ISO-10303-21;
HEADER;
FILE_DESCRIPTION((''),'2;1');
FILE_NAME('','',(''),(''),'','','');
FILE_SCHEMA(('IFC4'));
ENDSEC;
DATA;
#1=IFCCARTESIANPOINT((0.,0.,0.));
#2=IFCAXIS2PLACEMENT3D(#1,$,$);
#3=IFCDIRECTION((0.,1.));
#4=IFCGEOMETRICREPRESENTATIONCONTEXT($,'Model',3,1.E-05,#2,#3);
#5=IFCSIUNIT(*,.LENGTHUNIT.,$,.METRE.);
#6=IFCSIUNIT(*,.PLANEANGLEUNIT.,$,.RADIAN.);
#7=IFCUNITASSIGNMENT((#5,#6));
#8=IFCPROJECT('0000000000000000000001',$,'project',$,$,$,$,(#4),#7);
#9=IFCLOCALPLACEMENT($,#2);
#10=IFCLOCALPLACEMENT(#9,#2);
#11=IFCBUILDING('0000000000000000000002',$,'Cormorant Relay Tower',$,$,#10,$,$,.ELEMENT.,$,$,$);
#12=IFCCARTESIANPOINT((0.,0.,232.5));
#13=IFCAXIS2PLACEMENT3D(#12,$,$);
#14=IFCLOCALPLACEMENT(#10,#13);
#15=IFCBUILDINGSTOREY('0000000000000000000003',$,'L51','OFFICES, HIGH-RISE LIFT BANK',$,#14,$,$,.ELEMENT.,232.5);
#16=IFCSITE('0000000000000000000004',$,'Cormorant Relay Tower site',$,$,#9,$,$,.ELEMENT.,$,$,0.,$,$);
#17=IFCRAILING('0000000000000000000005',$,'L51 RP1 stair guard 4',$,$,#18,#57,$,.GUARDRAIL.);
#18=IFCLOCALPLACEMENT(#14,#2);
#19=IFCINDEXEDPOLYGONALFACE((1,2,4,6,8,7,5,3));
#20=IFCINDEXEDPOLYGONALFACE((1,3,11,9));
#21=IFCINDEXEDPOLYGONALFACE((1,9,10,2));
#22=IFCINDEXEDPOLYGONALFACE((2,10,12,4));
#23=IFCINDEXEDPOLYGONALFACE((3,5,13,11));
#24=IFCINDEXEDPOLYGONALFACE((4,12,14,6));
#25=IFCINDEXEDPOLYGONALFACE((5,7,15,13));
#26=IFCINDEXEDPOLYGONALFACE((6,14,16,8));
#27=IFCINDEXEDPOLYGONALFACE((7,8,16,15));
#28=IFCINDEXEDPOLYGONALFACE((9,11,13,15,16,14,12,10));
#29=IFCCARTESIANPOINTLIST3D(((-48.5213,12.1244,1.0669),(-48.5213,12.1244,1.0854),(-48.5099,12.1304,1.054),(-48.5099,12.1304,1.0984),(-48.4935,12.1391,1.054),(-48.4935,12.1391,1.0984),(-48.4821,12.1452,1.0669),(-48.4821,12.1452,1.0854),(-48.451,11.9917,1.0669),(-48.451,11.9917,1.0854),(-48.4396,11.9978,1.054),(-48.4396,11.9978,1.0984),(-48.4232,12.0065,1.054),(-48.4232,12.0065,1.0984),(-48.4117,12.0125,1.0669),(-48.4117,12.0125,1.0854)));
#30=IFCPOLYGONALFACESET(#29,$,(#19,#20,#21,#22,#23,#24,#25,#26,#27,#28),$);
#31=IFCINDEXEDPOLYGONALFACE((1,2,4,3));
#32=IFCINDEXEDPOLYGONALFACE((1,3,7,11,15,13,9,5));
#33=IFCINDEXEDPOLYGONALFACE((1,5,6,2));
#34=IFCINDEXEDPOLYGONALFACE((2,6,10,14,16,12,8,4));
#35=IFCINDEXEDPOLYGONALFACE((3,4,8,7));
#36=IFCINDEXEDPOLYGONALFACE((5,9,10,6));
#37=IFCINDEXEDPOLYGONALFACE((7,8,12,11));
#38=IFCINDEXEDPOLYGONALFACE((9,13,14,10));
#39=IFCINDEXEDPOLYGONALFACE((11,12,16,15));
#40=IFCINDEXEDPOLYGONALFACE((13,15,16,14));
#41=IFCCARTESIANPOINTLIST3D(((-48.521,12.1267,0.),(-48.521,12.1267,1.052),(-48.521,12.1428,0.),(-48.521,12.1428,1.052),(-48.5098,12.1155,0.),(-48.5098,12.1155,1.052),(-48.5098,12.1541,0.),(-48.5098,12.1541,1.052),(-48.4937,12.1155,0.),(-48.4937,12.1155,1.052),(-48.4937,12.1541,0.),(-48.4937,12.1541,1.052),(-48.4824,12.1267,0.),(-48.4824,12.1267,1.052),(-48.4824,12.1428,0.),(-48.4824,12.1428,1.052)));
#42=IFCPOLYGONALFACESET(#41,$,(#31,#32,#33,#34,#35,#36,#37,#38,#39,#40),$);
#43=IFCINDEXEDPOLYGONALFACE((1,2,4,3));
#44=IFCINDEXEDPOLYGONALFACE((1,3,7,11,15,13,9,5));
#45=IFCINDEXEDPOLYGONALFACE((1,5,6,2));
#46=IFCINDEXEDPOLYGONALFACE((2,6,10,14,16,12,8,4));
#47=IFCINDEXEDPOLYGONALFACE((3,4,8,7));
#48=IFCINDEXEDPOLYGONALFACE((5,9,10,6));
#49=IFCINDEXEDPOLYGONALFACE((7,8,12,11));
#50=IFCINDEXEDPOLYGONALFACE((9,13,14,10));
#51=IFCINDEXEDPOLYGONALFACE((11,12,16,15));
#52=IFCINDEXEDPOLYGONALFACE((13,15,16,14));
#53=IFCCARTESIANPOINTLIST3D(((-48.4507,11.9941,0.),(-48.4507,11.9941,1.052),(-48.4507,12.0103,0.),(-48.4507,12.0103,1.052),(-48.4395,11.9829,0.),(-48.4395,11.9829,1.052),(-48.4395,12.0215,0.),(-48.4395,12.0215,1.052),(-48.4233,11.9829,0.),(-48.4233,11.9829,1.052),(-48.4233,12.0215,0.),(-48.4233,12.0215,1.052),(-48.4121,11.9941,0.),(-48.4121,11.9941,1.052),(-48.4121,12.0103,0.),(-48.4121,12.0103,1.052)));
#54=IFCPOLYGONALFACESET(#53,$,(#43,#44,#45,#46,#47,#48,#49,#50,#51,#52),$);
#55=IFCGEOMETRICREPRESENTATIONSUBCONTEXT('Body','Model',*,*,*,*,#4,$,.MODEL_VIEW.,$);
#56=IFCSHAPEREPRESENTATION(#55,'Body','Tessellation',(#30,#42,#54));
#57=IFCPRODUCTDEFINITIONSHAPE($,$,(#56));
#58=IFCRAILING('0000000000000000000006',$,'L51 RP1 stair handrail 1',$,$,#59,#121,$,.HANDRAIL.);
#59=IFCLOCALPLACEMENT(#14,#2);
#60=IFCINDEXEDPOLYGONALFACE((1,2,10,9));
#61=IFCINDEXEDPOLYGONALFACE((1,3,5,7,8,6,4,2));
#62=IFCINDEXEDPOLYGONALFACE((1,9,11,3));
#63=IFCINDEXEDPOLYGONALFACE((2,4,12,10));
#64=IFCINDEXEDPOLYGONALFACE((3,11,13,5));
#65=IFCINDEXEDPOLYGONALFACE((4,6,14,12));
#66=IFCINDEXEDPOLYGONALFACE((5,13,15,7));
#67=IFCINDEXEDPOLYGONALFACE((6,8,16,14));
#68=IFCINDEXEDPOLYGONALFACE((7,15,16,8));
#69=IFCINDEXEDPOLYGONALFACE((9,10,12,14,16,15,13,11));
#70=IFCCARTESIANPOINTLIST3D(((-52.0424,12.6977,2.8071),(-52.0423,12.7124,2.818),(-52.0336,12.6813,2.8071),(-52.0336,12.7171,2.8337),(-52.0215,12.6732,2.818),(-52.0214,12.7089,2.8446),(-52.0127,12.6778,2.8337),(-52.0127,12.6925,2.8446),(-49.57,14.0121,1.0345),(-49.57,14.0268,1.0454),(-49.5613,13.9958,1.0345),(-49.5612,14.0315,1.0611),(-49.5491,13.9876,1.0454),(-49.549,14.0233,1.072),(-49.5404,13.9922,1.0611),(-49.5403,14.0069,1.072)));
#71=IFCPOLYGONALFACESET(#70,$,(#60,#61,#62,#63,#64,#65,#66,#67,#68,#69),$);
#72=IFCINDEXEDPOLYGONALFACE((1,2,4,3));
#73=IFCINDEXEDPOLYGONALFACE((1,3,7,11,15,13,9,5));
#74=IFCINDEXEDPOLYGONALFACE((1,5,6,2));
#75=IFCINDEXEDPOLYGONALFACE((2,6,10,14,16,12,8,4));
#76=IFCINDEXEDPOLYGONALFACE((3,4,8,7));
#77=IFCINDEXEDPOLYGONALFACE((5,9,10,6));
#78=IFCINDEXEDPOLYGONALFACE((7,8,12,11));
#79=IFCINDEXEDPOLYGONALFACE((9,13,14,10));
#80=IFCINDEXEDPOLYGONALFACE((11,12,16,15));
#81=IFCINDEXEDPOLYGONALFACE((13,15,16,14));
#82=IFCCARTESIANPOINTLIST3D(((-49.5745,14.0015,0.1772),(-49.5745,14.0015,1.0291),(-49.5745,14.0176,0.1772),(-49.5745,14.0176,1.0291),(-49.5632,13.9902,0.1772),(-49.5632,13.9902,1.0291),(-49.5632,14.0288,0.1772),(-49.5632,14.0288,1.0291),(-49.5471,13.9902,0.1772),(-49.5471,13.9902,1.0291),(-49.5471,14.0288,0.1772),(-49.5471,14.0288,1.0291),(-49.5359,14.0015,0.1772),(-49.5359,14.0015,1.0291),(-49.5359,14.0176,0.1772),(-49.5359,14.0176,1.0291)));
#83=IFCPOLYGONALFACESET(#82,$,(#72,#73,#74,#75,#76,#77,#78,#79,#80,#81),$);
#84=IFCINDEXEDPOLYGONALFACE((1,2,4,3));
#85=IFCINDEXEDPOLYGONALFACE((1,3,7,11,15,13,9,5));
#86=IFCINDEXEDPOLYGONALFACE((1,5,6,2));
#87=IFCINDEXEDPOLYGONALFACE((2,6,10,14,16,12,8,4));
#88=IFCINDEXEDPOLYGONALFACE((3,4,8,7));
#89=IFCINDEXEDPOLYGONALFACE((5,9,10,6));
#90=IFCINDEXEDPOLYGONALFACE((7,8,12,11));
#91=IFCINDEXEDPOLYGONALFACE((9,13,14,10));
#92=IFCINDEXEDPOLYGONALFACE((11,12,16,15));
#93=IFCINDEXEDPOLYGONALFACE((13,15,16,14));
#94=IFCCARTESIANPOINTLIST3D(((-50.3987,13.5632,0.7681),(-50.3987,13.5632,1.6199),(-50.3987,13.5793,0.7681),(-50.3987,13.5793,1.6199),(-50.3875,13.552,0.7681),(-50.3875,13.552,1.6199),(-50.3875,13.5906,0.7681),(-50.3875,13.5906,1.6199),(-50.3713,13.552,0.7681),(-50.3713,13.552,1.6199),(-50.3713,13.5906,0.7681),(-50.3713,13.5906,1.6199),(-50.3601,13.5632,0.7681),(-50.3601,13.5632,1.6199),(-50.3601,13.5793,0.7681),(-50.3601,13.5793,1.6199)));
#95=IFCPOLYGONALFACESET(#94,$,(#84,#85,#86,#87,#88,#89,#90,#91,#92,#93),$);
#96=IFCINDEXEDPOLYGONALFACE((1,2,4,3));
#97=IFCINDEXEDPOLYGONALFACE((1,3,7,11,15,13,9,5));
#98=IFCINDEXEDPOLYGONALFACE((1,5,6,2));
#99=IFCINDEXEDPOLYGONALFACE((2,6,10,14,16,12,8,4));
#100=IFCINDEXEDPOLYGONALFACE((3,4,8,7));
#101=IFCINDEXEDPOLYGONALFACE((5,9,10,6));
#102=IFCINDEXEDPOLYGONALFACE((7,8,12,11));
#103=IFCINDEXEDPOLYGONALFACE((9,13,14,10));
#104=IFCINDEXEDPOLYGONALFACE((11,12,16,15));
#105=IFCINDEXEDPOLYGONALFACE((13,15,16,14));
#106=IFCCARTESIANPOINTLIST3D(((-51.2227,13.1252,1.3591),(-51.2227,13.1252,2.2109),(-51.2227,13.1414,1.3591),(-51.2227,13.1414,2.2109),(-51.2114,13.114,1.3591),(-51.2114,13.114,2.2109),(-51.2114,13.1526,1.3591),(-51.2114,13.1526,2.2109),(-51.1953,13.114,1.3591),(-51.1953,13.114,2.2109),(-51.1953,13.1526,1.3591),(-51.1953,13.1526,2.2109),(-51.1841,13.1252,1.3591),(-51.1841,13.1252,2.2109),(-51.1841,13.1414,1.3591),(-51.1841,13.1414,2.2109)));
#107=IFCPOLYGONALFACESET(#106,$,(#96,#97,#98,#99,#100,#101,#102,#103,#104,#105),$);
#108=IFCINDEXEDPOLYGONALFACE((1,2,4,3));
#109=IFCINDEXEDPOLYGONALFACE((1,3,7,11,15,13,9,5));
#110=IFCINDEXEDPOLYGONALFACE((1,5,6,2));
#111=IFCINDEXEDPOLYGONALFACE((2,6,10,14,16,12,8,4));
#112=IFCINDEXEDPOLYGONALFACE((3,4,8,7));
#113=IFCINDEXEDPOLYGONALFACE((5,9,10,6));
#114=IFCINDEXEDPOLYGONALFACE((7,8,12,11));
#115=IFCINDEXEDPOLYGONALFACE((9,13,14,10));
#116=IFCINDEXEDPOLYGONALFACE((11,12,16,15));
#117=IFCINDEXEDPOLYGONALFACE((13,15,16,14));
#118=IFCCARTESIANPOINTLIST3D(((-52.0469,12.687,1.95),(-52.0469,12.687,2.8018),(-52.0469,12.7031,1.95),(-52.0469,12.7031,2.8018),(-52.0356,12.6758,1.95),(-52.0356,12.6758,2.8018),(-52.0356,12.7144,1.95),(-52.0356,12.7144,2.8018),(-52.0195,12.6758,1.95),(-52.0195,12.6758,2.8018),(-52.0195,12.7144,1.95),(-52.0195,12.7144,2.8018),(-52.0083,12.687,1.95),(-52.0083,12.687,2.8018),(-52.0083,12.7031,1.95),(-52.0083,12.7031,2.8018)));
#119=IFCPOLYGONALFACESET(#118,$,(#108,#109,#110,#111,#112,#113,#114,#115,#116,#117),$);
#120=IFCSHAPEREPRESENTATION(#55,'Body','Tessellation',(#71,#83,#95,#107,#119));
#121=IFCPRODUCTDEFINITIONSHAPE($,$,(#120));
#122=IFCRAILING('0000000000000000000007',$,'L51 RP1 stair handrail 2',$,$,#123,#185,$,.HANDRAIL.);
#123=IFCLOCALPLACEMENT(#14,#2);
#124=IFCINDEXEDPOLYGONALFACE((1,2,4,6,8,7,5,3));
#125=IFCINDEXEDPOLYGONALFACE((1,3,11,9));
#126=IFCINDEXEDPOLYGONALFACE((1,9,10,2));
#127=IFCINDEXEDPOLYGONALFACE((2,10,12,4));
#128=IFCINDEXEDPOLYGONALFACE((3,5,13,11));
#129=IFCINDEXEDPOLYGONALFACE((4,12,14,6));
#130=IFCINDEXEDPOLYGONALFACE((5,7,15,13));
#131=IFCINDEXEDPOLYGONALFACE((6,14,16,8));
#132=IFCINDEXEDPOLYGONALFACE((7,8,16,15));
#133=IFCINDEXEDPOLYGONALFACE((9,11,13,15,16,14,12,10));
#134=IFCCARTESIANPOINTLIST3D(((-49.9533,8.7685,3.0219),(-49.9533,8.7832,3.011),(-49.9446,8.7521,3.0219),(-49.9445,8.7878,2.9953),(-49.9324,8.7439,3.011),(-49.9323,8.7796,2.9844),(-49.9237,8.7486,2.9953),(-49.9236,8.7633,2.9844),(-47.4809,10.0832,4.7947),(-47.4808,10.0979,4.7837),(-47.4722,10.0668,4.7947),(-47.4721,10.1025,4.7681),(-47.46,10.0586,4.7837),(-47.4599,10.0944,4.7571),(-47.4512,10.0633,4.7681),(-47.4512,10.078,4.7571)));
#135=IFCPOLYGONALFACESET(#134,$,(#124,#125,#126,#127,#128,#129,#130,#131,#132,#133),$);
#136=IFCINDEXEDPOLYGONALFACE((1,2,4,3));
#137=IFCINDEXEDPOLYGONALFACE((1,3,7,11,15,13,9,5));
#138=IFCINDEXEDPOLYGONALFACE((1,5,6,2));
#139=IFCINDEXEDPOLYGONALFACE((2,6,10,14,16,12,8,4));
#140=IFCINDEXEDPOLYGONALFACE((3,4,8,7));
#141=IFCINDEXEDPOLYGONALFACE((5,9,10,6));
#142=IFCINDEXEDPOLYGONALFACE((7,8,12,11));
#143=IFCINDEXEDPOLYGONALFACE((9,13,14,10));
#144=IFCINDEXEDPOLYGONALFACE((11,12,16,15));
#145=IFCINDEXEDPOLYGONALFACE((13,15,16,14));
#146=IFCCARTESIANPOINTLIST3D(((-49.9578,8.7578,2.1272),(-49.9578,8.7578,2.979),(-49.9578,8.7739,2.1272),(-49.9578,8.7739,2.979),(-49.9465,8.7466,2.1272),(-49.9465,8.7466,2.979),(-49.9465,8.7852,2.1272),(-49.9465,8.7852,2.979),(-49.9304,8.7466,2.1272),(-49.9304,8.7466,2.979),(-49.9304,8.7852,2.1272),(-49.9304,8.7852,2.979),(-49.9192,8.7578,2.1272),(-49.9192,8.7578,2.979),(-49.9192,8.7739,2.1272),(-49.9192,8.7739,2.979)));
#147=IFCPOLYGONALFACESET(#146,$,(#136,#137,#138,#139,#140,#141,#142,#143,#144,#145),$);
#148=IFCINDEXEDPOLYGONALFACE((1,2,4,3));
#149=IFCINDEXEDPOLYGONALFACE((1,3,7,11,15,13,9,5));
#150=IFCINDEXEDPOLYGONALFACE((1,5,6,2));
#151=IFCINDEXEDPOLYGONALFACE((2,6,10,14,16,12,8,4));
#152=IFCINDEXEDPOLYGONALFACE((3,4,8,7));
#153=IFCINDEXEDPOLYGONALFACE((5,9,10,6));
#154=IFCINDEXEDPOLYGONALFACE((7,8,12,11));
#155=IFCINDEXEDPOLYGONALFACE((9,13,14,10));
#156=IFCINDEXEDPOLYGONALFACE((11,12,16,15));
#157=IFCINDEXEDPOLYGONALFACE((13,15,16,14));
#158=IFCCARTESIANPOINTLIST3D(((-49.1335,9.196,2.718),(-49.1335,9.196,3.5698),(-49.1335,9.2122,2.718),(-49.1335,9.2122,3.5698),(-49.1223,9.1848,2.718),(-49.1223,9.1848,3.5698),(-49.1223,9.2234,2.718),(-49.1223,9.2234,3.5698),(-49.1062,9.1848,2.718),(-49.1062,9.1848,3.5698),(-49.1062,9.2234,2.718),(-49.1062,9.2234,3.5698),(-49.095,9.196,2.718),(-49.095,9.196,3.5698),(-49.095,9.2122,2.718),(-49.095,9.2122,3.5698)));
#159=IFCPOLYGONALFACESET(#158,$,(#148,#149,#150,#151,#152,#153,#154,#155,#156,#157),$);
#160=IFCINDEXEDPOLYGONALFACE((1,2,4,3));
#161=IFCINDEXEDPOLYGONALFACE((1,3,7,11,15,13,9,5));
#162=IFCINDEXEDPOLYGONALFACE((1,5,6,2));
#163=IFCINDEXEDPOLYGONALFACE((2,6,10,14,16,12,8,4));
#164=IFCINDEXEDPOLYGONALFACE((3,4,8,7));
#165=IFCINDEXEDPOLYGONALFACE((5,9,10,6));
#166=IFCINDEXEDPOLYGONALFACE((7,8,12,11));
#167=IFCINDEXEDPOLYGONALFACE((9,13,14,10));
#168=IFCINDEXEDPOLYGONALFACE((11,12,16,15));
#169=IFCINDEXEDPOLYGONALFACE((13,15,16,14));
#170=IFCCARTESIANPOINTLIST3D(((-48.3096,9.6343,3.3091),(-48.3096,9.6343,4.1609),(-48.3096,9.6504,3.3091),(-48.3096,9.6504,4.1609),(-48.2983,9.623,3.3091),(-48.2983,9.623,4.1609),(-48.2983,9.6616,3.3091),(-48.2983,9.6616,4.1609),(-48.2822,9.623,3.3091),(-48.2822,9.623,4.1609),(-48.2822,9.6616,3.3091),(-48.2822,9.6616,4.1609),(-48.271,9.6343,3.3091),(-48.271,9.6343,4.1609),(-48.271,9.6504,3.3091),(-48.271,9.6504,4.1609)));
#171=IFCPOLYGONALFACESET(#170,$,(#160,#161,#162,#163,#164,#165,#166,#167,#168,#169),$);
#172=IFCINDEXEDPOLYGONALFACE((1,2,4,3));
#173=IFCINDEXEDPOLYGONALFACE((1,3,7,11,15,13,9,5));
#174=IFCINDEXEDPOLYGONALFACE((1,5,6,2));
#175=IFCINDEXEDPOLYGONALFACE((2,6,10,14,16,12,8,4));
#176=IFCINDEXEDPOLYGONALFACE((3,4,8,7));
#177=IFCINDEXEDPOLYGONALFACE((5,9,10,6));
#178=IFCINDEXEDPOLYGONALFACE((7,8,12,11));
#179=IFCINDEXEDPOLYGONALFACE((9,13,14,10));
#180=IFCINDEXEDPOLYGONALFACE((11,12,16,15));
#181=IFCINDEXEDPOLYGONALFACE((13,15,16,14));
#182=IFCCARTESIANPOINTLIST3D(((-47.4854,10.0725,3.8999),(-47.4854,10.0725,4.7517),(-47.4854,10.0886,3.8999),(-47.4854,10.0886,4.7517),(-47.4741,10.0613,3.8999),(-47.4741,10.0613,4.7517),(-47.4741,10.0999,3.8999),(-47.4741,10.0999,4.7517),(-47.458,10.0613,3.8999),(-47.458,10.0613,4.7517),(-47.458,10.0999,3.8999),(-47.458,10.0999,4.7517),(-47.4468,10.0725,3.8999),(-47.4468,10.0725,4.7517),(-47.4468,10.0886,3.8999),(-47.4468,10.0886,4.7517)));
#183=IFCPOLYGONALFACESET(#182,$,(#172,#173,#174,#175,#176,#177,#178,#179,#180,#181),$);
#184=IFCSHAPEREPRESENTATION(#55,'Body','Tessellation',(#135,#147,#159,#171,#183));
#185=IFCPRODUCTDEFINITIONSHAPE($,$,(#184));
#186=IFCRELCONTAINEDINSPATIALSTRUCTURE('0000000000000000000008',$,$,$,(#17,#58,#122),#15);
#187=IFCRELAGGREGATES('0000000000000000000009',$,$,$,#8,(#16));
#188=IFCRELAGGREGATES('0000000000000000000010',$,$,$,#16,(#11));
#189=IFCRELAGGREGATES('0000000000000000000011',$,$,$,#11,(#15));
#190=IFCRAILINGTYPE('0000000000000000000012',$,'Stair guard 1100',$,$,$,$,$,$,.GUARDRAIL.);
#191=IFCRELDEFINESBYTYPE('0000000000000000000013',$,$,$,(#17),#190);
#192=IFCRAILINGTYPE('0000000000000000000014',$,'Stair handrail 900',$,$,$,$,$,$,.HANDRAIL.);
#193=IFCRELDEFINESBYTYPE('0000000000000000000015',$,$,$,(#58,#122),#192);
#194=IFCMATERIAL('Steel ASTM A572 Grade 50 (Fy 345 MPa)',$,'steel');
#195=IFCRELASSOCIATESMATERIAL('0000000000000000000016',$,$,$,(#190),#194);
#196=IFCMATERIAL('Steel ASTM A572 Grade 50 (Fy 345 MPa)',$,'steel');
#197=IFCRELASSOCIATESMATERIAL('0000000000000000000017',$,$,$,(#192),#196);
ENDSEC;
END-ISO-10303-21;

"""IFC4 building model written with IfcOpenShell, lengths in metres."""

from ifc_helpers import new_model, si_unit, direction, frame, origin, place, context, subcontext, project, spatial, polyline, outline, extrude, material, type_object, element, save


model = new_model("IFC4")

# Units and contexts
model_context = context("Model", 3, precision=1e-05, world=origin(), true_north=direction((0.0, 1.0)))
body_context = subcontext(model_context, "Body", "Model", "MODEL_VIEW")
ifc_project = project(units=[si_unit("LENGTHUNIT", "METRE"), si_unit("PLANEANGLEUNIT", "RADIAN")], contexts=[model_context])

# Site, building, storey
site_placement = place(None, origin())
site = spatial("IfcSite", under=ifc_project, at=site_placement, Name="Cormorant Relay Tower site", CompositionType="ELEMENT", RefElevation=0.0)
building_placement = place(site_placement, origin())
building = spatial("IfcBuilding", under=site, at=building_placement, Name="Cormorant Relay Tower", CompositionType="ELEMENT")
storey_placement = place(building_placement, frame((0.0, 0.0, 232.5)))
storey = spatial("IfcBuildingStorey", under=building, at=storey_placement, Name="L51", Description="OFFICES, HIGH-RISE LIFT BANK", CompositionType="ELEMENT", Elevation=232.5)

# Railings
ifc_material_1 = material(Name="Steel ASTM A572 Grade 50 (Fy 345 MPa)", Category="steel")
railing_type_1 = type_object("IfcRailingType", Name="Stair guard 1100", PredefinedType="GUARDRAIL", material=ifc_material_1)
railing_1_placement = place(storey_placement, frame((-48.5017, 12.1348, 0.0)))
element("IfcRailing", 1, at=railing_1_placement, inside=storey, type_object=railing_type_1, Name="L51 RP1 stair guard 4", PredefinedType="GUARDRAIL", context=body_context, shape_type="SweptSolid", body=[
    extrude(outline(polyline([(0.0222, 0.0093), (0.0093, 0.0222), (-0.0093, 0.0222), (-0.0222, 0.0093), (-0.0222, -0.0093), (-0.0093, -0.0222), (0.0093, -0.0222), (0.0222, -0.0093), (0.0222, 0.0093)])), frame((0.0, 0.0, 1.0762), z_axis=(0.46856, -0.883431, 0.0), x_axis=(0.883431, 0.46856, 0.0)), (0.0, 0.0, 1.0), 0.1501),
    extrude(outline(polyline([(0.0193, 0.0081), (0.0081, 0.0193), (-0.0081, 0.0193), (-0.0193, 0.0081), (-0.0193, -0.0081), (-0.0081, -0.0193), (0.0081, -0.0193), (0.0193, -0.0081), (0.0193, 0.0081)])), origin(), (0.0, 0.0, 1.0), 1.052),
    extrude(outline(polyline([(0.0193, 0.0081), (0.0081, 0.0193), (-0.0081, 0.0193), (-0.0193, 0.0081), (-0.0193, -0.0081), (-0.0081, -0.0193), (0.0081, -0.0193), (0.0193, -0.0081), (0.0193, 0.0081)])), frame((0.0703, -0.1326, 0.0)), (0.0, 0.0, 1.0), 1.052),
])
ifc_material_2 = material(Name="Steel ASTM A572 Grade 50 (Fy 345 MPa)", Category="steel")
railing_type_2 = type_object("IfcRailingType", Name="Stair handrail 900", PredefinedType="HANDRAIL", material=ifc_material_2)
railing_2_placement = place(storey_placement, frame((-49.5552, 14.0095, 0.1772)))
element("IfcRailing", 2, at=railing_2_placement, inside=storey, type_object=railing_type_2, Name="L51 RP1 stair handrail 1", PredefinedType="HANDRAIL", context=body_context, shape_type="SweptSolid", body=[
    extrude(outline(polyline([(0.0222, 0.0093), (0.0093, 0.0222), (-0.0093, 0.0222), (-0.0222, 0.0093), (-0.0222, -0.0093), (-0.0093, -0.0222), (0.0093, -0.0222), (0.0222, -0.0093), (0.0222, 0.0093)])), frame((0.0, 0.0, 0.876), z_axis=(-0.746034, -0.396627, 0.534902), x_axis=(0.469429, -0.88297, 0.0)), (0.0, 0.0, 1.0), 3.314),
    extrude(outline(polyline([(0.0193, 0.0081), (0.0081, 0.0193), (-0.0081, 0.0193), (-0.0193, 0.0081), (-0.0193, -0.0081), (-0.0081, -0.0193), (0.0081, -0.0193), (0.0193, -0.0081), (0.0193, 0.0081)])), origin(), (0.0, 0.0, 1.0), 0.8518),
    extrude(outline(polyline([(0.0193, 0.0081), (0.0081, 0.0193), (-0.0081, 0.0193), (-0.0193, 0.0081), (-0.0193, -0.0081), (-0.0081, -0.0193), (0.0081, -0.0193), (0.0193, -0.0081), (0.0193, 0.0081)])), frame((-0.8242, -0.4382, 0.5908)), (0.0, 0.0, 1.0), 0.8518),
    extrude(outline(polyline([(0.0193, 0.0081), (0.0081, 0.0193), (-0.0081, 0.0193), (-0.0193, 0.0081), (-0.0193, -0.0081), (-0.0081, -0.0193), (0.0081, -0.0193), (0.0193, -0.0081), (0.0193, 0.0081)])), frame((-1.6482, -0.8762, 1.1819)), (0.0, 0.0, 1.0), 0.8518),
    extrude(outline(polyline([(0.0193, 0.0081), (0.0081, 0.0193), (-0.0081, 0.0193), (-0.0193, 0.0081), (-0.0193, -0.0081), (-0.0081, -0.0193), (0.0081, -0.0193), (0.0193, -0.0081), (0.0193, 0.0081)])), frame((-2.4724, -1.3145, 1.7727)), (0.0, 0.0, 1.0), 0.8518),
])
railing_3_placement = place(storey_placement, frame((-49.9385, 8.7659, 2.1272)))
element("IfcRailing", 3, at=railing_3_placement, inside=storey, type_object=railing_type_2, Name="L51 RP1 stair handrail 2", PredefinedType="HANDRAIL", context=body_context, shape_type="SweptSolid", body=[
    extrude(outline(polyline([(0.0222, 0.0093), (0.0093, 0.0222), (-0.0093, 0.0222), (-0.0222, 0.0093), (-0.0222, -0.0093), (-0.0093, -0.0222), (0.0093, -0.0222), (0.0222, -0.0093), (0.0222, 0.0093)])), frame((0.0, 0.0, 0.876), z_axis=(0.746012, 0.39669, 0.534886), x_axis=(-0.469497, 0.882934, 0.0)), (0.0, 0.0, 1.0), 3.3142),
    extrude(outline(polyline([(0.0193, 0.0081), (0.0081, 0.0193), (-0.0081, 0.0193), (-0.0193, 0.0081), (-0.0193, -0.0081), (-0.0081, -0.0193), (0.0081, -0.0193), (0.0193, -0.0081), (0.0193, 0.0081)])), origin(), (0.0, 0.0, 1.0), 0.8518),
    extrude(outline(polyline([(0.0193, 0.0081), (0.0081, 0.0193), (-0.0081, 0.0193), (-0.0193, 0.0081), (-0.0193, -0.0081), (-0.0081, -0.0193), (0.0081, -0.0193), (0.0193, -0.0081), (0.0193, 0.0081)])), frame((0.8242, 0.4382, 0.5908)), (0.0, 0.0, 1.0), 0.8518),
    extrude(outline(polyline([(0.0193, 0.0081), (0.0081, 0.0193), (-0.0081, 0.0193), (-0.0193, 0.0081), (-0.0193, -0.0081), (-0.0081, -0.0193), (0.0081, -0.0193), (0.0193, -0.0081), (0.0193, 0.0081)])), frame((1.6482, 0.8765, 1.1819)), (0.0, 0.0, 1.0), 0.8518),
    extrude(outline(polyline([(0.0193, 0.0081), (0.0081, 0.0193), (-0.0081, 0.0193), (-0.0193, 0.0081), (-0.0193, -0.0081), (-0.0081, -0.0193), (0.0081, -0.0193), (0.0193, -0.0081), (0.0193, 0.0081)])), frame((2.4724, 1.3147, 1.7727)), (0.0, 0.0, 1.0), 0.8518),
])

save(model, "model.ifc")
